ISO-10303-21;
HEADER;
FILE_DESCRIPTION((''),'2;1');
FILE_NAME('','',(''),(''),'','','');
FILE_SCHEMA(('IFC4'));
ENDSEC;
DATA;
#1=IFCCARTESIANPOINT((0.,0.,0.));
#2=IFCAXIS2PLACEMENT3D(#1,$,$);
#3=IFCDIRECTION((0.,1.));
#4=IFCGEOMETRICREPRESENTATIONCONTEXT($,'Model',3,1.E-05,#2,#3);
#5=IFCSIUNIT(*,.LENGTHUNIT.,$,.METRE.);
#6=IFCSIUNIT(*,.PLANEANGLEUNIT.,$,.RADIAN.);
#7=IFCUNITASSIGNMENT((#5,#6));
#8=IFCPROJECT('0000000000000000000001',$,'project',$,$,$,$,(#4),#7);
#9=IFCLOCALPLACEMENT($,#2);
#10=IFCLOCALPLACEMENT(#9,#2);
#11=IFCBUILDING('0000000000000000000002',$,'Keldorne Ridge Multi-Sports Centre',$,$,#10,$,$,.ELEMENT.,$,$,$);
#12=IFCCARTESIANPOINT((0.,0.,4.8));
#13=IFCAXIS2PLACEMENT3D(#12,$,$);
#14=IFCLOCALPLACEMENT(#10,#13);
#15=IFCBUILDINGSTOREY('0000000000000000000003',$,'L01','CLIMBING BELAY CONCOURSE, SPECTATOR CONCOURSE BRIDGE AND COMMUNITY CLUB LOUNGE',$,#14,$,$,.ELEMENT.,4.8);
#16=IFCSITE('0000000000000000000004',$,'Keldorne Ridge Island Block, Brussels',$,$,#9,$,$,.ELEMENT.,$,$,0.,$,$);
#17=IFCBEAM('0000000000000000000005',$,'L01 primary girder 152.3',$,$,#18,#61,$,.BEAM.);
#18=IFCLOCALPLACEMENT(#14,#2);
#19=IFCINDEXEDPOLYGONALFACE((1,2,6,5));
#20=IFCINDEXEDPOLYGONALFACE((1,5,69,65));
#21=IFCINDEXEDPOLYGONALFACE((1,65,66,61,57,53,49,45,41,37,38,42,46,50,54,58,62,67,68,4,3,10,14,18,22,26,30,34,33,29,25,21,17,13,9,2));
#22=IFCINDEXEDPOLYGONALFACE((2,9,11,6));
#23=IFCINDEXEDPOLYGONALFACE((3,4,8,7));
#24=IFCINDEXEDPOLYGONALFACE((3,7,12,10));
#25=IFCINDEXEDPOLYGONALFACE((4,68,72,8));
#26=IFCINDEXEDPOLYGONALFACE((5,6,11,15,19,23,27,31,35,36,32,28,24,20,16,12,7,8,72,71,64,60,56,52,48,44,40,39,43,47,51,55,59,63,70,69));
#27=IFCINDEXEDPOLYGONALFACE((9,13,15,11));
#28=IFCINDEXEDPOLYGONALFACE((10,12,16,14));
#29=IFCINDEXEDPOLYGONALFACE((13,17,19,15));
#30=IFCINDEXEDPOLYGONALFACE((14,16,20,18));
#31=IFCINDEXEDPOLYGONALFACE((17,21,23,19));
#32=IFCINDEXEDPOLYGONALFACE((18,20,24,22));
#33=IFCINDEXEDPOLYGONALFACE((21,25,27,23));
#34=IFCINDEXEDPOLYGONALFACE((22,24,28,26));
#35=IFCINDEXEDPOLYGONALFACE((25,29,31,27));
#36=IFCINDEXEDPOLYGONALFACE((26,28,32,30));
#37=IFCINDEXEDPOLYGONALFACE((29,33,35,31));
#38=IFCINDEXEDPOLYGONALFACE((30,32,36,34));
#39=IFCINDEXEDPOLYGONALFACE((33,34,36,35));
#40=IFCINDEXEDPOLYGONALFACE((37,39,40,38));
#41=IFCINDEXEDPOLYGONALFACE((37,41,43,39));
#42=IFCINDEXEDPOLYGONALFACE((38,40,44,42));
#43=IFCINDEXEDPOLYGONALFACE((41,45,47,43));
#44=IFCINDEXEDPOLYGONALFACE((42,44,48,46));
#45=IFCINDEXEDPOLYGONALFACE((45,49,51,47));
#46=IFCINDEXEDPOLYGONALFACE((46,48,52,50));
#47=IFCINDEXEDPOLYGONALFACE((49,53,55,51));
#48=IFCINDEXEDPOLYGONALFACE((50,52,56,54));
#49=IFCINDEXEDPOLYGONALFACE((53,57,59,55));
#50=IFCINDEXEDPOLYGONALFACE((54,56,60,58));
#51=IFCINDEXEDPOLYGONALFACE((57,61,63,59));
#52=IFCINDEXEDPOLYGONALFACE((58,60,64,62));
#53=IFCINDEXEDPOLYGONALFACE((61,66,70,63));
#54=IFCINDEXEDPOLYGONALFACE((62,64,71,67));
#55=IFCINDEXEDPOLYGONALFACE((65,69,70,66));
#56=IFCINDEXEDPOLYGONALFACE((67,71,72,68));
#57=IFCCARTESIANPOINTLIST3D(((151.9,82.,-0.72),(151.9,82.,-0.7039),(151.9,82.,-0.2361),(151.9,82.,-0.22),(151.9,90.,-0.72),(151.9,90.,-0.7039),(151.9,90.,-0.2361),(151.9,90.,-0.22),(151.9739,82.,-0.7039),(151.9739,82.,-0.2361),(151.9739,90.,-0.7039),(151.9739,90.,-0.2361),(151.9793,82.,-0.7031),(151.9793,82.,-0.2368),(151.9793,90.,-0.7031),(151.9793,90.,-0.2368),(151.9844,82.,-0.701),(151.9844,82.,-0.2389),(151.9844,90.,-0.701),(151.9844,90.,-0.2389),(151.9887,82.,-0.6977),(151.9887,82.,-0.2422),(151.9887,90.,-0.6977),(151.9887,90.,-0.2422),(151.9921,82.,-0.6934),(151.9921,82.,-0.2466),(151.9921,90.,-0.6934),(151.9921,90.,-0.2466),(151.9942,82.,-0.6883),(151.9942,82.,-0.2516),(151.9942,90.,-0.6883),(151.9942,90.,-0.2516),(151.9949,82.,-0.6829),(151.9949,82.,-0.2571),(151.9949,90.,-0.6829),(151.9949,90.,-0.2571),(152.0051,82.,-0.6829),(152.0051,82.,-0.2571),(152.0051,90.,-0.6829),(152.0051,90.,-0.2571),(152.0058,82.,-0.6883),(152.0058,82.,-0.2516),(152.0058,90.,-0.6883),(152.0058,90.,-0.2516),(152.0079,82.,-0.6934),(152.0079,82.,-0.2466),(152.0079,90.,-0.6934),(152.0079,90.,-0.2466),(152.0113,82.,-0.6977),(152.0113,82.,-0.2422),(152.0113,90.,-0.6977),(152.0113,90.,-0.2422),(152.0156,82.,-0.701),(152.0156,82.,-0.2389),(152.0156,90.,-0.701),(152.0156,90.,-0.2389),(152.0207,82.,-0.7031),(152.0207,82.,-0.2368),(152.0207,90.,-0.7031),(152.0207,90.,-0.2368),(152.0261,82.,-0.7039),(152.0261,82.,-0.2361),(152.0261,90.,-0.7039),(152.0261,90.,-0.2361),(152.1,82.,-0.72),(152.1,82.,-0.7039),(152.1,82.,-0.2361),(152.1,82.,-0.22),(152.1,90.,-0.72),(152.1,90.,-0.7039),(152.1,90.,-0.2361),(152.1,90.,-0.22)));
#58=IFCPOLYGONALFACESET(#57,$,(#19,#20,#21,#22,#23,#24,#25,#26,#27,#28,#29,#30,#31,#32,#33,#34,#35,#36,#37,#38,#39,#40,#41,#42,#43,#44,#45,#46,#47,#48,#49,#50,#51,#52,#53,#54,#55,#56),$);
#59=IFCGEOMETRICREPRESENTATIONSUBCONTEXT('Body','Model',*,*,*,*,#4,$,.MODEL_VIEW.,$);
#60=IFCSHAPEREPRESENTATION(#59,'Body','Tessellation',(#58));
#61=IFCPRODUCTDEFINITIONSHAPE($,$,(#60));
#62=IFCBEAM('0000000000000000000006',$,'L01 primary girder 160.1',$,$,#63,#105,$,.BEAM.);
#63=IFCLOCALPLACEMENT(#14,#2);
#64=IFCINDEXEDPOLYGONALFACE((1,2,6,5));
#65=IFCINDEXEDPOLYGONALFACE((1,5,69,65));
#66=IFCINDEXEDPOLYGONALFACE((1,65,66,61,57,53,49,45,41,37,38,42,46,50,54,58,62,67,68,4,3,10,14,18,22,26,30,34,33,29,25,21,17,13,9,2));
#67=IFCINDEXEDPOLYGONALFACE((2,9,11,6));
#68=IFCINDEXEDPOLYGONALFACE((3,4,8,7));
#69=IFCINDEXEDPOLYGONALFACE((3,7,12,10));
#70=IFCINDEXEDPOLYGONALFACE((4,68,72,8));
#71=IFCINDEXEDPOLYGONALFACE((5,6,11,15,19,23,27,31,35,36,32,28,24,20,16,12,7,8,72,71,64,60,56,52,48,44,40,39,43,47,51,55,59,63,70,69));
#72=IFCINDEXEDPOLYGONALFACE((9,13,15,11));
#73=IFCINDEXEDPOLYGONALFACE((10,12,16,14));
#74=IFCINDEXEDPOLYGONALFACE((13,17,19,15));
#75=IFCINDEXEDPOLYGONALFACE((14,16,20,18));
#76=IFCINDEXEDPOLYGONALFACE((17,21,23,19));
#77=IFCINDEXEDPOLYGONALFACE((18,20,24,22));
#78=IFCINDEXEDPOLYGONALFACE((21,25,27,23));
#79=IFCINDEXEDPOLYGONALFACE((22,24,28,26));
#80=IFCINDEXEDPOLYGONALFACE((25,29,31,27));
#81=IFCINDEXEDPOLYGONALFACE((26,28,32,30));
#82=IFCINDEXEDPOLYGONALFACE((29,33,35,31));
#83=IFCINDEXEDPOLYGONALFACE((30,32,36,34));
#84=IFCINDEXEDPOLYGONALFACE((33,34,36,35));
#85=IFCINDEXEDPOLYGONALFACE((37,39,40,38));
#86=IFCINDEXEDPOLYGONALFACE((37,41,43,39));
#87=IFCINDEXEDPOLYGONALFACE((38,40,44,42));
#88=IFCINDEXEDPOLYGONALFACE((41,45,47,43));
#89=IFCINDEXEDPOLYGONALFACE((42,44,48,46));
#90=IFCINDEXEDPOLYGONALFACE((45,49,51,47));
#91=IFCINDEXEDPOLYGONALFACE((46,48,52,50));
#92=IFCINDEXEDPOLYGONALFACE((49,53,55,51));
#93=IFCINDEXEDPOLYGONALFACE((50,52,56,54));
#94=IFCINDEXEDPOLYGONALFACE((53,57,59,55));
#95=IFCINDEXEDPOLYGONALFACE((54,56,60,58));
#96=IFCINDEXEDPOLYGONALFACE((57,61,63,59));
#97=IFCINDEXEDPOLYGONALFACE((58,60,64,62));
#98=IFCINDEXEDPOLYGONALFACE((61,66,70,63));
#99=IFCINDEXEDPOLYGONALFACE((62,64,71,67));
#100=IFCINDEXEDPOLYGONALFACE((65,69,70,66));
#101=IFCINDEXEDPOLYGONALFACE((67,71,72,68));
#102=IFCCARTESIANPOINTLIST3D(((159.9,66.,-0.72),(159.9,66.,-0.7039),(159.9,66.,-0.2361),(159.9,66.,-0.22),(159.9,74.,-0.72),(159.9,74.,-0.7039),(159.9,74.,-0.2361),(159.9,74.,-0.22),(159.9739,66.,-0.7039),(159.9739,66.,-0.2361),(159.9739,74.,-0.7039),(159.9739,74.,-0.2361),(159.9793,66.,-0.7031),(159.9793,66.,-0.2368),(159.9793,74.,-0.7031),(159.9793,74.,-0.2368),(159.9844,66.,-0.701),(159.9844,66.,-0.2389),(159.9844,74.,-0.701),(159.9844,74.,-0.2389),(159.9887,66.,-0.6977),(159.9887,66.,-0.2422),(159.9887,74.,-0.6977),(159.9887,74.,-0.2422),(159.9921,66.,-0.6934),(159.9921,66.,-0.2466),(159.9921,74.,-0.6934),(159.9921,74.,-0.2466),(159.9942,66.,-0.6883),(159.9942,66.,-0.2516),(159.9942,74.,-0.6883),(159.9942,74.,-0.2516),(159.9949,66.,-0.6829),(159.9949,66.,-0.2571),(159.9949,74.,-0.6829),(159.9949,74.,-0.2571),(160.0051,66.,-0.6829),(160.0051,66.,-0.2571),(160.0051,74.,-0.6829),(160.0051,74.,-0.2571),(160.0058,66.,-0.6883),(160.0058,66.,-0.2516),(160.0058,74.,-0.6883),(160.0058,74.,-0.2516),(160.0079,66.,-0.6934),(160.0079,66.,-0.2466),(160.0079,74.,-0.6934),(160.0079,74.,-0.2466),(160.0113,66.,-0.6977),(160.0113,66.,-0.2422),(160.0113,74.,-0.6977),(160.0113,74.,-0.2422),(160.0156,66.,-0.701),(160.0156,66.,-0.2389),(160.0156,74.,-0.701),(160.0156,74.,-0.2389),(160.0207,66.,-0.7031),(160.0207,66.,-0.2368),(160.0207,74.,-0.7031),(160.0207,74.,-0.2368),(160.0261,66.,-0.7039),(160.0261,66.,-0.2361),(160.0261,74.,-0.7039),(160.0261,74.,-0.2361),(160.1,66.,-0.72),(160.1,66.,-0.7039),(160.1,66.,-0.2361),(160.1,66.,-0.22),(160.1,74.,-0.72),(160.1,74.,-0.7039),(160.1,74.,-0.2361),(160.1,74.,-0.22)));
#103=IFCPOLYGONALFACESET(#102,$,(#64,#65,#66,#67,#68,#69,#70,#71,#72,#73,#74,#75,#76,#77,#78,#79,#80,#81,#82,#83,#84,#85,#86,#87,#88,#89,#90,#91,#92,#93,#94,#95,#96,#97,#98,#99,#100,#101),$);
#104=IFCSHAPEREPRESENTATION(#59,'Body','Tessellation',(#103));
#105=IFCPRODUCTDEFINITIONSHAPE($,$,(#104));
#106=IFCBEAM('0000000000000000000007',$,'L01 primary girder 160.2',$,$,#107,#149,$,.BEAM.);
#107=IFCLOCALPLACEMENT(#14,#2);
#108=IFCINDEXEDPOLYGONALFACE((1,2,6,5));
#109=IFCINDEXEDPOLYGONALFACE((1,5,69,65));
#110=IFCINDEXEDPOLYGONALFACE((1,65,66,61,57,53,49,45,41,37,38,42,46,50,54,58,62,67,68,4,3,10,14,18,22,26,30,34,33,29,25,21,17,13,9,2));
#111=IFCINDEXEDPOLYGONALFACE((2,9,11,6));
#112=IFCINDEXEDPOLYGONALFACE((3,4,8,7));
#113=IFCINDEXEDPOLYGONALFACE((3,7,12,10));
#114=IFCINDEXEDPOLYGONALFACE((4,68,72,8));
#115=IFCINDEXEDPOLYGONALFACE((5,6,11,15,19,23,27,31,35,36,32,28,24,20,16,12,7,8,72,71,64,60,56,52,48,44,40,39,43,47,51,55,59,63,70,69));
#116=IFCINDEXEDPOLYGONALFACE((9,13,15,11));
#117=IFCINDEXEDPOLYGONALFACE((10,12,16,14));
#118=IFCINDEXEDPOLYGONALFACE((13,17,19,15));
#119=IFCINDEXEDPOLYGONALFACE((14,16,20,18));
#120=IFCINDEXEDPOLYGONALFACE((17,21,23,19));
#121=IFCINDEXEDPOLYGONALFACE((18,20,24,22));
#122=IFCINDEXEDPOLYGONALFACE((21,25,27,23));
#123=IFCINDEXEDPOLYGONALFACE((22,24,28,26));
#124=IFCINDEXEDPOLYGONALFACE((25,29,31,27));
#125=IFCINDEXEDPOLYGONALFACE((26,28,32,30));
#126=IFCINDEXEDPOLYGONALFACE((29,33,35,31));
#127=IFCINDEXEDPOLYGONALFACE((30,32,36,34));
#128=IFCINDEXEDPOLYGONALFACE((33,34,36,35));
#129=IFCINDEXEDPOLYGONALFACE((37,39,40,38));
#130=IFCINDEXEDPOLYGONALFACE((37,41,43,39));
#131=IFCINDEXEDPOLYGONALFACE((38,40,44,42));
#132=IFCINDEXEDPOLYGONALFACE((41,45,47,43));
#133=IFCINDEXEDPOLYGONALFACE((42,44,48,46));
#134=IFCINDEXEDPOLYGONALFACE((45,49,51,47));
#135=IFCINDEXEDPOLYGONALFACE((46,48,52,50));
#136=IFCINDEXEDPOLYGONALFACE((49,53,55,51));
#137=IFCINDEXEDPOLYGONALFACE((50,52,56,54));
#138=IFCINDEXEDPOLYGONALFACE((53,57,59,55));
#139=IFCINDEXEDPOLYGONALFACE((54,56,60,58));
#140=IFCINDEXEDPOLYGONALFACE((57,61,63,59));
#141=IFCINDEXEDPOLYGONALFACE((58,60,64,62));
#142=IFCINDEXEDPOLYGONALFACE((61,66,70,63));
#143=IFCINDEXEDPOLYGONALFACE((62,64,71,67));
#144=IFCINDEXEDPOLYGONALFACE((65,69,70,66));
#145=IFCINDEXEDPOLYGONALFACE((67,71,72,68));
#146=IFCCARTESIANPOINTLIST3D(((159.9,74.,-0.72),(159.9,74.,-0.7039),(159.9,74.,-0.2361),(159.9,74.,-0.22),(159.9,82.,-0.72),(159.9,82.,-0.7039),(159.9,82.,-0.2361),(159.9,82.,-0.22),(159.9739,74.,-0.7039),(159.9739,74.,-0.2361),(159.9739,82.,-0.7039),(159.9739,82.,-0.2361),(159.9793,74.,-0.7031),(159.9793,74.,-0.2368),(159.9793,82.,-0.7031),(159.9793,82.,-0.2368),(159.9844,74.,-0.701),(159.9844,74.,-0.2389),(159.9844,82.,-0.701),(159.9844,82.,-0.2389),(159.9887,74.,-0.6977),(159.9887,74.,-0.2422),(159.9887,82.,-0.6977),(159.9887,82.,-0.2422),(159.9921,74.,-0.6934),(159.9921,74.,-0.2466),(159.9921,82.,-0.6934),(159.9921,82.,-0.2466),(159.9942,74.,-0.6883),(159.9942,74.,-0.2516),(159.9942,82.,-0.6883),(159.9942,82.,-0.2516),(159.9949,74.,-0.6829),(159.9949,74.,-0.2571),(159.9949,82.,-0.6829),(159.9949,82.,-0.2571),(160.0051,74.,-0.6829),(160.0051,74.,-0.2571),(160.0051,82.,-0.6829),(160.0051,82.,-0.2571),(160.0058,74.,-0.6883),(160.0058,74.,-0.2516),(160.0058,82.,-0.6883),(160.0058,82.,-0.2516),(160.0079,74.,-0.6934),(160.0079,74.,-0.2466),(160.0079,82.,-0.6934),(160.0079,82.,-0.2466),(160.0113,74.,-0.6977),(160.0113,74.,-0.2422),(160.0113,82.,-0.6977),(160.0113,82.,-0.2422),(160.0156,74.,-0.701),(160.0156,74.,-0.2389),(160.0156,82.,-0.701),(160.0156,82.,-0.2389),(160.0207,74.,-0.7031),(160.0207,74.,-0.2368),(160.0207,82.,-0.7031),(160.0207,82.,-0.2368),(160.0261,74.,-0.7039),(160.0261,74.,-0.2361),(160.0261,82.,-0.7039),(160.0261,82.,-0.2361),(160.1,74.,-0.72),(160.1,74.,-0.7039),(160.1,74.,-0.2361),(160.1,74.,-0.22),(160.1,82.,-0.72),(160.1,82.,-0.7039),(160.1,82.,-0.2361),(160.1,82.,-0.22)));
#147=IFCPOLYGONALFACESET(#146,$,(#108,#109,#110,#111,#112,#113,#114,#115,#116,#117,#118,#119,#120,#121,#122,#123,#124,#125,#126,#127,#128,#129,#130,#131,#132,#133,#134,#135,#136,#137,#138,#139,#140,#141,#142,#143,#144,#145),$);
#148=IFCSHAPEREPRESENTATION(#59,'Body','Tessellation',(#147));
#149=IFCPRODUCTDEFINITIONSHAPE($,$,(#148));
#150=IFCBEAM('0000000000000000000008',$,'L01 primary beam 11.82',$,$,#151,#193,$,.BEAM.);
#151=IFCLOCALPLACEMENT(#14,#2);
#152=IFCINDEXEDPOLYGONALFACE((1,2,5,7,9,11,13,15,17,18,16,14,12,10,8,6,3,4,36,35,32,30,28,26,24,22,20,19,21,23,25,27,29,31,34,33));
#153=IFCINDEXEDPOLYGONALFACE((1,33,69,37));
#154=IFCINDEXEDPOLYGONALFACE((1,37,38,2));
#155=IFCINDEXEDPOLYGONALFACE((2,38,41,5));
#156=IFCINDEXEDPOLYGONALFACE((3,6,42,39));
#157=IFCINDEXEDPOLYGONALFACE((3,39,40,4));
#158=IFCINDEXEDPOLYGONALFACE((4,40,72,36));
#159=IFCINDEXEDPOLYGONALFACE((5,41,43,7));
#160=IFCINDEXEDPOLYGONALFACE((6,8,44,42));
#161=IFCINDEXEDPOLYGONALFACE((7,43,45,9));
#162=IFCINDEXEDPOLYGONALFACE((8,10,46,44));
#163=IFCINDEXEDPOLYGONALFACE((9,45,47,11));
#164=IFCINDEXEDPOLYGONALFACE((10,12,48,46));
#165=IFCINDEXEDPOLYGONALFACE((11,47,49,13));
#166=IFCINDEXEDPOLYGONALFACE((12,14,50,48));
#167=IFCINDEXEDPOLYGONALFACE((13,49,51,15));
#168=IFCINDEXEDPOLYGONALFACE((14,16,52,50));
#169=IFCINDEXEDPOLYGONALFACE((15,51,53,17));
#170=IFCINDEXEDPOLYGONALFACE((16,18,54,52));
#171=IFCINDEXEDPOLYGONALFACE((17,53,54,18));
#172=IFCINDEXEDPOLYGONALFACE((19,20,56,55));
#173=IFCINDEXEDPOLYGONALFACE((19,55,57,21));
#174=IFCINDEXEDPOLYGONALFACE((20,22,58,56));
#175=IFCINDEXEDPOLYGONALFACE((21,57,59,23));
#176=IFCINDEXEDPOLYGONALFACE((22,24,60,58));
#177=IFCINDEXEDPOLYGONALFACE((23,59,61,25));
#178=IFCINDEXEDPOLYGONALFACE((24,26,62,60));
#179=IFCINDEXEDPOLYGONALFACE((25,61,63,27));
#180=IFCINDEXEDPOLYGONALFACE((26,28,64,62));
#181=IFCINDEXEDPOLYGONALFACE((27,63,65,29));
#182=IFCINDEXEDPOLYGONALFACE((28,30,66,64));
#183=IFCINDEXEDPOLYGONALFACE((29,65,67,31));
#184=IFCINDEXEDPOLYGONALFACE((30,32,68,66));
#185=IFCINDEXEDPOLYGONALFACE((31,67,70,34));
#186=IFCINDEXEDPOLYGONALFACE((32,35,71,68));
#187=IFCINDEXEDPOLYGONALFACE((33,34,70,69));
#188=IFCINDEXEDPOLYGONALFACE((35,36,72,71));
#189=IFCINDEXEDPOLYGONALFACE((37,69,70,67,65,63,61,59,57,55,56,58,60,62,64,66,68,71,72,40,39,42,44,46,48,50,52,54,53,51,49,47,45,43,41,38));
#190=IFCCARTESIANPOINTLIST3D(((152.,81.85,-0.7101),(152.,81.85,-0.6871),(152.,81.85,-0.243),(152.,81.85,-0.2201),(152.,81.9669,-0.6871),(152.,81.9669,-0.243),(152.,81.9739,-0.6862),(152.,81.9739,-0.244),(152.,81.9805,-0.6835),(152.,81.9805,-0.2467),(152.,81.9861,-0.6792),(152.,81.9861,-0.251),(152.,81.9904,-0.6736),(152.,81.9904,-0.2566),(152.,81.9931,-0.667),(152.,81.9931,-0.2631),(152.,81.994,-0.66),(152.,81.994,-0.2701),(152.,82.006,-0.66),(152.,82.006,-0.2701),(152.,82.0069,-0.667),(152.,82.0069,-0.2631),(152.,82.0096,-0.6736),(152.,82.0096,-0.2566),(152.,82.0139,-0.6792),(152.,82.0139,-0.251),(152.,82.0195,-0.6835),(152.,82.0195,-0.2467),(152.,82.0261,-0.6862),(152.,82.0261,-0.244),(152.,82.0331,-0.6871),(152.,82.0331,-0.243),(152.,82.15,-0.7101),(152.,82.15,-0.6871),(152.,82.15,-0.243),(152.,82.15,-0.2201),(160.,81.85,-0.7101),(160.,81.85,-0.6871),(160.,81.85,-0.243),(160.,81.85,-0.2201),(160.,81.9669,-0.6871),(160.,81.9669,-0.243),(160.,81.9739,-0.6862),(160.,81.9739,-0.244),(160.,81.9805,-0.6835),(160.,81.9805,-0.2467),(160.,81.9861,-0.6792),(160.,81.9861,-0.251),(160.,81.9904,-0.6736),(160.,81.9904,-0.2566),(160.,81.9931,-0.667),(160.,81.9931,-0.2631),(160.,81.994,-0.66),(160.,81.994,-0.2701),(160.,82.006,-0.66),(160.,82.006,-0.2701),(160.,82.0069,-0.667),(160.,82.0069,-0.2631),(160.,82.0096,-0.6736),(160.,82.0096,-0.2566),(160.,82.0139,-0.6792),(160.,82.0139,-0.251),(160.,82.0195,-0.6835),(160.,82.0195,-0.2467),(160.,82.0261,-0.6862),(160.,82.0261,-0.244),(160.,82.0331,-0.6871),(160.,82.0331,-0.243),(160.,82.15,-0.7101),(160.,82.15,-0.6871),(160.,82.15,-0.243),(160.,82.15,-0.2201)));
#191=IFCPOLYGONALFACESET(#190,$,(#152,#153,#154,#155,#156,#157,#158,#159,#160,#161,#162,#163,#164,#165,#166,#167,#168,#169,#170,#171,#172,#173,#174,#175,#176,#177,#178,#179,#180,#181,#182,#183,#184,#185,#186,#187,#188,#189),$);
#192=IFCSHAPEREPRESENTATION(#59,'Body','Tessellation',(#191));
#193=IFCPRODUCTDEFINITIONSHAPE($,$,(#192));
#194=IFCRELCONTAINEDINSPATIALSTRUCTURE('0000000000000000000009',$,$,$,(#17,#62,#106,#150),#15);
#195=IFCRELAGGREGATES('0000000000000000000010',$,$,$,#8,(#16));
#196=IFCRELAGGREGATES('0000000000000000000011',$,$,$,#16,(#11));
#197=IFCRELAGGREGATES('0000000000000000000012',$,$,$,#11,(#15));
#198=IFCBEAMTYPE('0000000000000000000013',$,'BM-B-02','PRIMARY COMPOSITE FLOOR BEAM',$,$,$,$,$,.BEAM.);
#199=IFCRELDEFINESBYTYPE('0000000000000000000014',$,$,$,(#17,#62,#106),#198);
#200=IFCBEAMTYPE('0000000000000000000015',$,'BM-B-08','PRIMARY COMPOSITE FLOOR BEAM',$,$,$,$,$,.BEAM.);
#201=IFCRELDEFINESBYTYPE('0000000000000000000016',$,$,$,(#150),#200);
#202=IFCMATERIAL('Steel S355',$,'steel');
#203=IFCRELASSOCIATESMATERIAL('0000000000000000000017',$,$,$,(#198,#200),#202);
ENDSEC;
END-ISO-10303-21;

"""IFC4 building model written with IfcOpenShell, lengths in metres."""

from ifc_helpers import new_model, si_unit, direction, frame, origin, origin_2d, place, context, subcontext, project, spatial, i_section, extrude, material, material_profile, profile_set, type_object, element, save


model = new_model("IFC4")

# Units and contexts
model_context = context("Model", 3, precision=1e-05, world=origin(), true_north=direction((0.0, 1.0)))
body_context = subcontext(model_context, "Body", "Model", "MODEL_VIEW")
ifc_project = project(units=[si_unit("LENGTHUNIT", "METRE"), si_unit("PLANEANGLEUNIT", "RADIAN")], contexts=[model_context])

# Site, building, storey
site_placement = place(None, origin())
site = spatial("IfcSite", under=ifc_project, at=site_placement, Name="Keldorne Ridge Island Block, Brussels", CompositionType="ELEMENT", RefElevation=0.0)
building_placement = place(site_placement, origin())
building = spatial("IfcBuilding", under=site, at=building_placement, Name="Keldorne Ridge Multi-Sports Centre", CompositionType="ELEMENT")
storey_placement = place(building_placement, frame((0.0, 0.0, 4.8)))
storey = spatial("IfcBuildingStorey", under=building, at=storey_placement, Name="L01", Description="CLIMBING BELAY CONCOURSE, SPECTATOR CONCOURSE BRIDGE AND COMMUNITY CLUB LOUNGE", CompositionType="ELEMENT", Elevation=4.8)

# Shared definitions
ifc_material_1 = material(Name="Steel S355", Category="steel")

# Beams
ifc_material_profile_1 = material_profile(ifc_material_1, i_section(OverallWidth=0.2, OverallDepth=0.5, WebThickness=0.0103, FlangeThickness=0.0161, FilletRadius=0.021, at=origin_2d()), Name="IPE 500")
ifc_profile_set_1 = profile_set([ifc_material_profile_1], Name="Steel S355")
beam_type_1 = type_object("IfcBeamType", Name="BM-B-02", Description="PRIMARY COMPOSITE FLOOR BEAM", PredefinedType="BEAM", material=ifc_profile_set_1)
for number, where, z_axis, x_axis, name in (
    (1, (152.0, 82.0, -0.47), (0.0, 1.0, 0.0), (-1.0, 0.0, 0.0), "L01 primary girder 152.3"),
    (2, (160.0, 66.0, -0.47), (0.0, 1.0, 0.0), (-1.0, 0.0, 0.0), "L01 primary girder 160.1"),
    (3, (160.0, 74.0, -0.47), (0.0, 1.0, 0.0), (-1.0, 0.0, 0.0), "L01 primary girder 160.2"),
):
    element("IfcBeam", number, at=place(storey_placement, frame(where, z_axis=z_axis, x_axis=x_axis)), inside=storey, type_object=beam_type_1, Name=name, PredefinedType="BEAM", context=body_context, shape_type="SweptSolid", body=[
        extrude(i_section(OverallWidth=0.2, OverallDepth=0.5, WebThickness=0.0103, FlangeThickness=0.0161, FilletRadius=0.021, at=origin_2d()), origin(), (0.0, 0.0, 1.0), 8.0),
    ])
ifc_material_profile_2 = material_profile(ifc_material_1, i_section(OverallWidth=0.3, OverallDepth=0.49, WebThickness=0.012, FlangeThickness=0.0229, FilletRadius=0.0271, at=origin_2d()), Name="HEA 500")
ifc_profile_set_2 = profile_set([ifc_material_profile_2], Name="Steel S355")
beam_type_2 = type_object("IfcBeamType", Name="BM-B-08", Description="PRIMARY COMPOSITE FLOOR BEAM", PredefinedType="BEAM", material=ifc_profile_set_2)
beam_1_placement = place(storey_placement, frame((152.0, 82.0, -0.4651), z_axis=(1.0, 0.0, 0.0), x_axis=(0.0, 1.0, 0.0)))
element("IfcBeam", 4, at=beam_1_placement, inside=storey, type_object=beam_type_2, Name="L01 primary beam 11.82", PredefinedType="BEAM", context=body_context, shape_type="SweptSolid", body=[
    extrude(i_section(OverallWidth=0.3, OverallDepth=0.49, WebThickness=0.012, FlangeThickness=0.0229, FilletRadius=0.0271, at=origin_2d()), origin(), (0.0, 0.0, 1.0), 8.0),
])

save(model, "model.ifc")
